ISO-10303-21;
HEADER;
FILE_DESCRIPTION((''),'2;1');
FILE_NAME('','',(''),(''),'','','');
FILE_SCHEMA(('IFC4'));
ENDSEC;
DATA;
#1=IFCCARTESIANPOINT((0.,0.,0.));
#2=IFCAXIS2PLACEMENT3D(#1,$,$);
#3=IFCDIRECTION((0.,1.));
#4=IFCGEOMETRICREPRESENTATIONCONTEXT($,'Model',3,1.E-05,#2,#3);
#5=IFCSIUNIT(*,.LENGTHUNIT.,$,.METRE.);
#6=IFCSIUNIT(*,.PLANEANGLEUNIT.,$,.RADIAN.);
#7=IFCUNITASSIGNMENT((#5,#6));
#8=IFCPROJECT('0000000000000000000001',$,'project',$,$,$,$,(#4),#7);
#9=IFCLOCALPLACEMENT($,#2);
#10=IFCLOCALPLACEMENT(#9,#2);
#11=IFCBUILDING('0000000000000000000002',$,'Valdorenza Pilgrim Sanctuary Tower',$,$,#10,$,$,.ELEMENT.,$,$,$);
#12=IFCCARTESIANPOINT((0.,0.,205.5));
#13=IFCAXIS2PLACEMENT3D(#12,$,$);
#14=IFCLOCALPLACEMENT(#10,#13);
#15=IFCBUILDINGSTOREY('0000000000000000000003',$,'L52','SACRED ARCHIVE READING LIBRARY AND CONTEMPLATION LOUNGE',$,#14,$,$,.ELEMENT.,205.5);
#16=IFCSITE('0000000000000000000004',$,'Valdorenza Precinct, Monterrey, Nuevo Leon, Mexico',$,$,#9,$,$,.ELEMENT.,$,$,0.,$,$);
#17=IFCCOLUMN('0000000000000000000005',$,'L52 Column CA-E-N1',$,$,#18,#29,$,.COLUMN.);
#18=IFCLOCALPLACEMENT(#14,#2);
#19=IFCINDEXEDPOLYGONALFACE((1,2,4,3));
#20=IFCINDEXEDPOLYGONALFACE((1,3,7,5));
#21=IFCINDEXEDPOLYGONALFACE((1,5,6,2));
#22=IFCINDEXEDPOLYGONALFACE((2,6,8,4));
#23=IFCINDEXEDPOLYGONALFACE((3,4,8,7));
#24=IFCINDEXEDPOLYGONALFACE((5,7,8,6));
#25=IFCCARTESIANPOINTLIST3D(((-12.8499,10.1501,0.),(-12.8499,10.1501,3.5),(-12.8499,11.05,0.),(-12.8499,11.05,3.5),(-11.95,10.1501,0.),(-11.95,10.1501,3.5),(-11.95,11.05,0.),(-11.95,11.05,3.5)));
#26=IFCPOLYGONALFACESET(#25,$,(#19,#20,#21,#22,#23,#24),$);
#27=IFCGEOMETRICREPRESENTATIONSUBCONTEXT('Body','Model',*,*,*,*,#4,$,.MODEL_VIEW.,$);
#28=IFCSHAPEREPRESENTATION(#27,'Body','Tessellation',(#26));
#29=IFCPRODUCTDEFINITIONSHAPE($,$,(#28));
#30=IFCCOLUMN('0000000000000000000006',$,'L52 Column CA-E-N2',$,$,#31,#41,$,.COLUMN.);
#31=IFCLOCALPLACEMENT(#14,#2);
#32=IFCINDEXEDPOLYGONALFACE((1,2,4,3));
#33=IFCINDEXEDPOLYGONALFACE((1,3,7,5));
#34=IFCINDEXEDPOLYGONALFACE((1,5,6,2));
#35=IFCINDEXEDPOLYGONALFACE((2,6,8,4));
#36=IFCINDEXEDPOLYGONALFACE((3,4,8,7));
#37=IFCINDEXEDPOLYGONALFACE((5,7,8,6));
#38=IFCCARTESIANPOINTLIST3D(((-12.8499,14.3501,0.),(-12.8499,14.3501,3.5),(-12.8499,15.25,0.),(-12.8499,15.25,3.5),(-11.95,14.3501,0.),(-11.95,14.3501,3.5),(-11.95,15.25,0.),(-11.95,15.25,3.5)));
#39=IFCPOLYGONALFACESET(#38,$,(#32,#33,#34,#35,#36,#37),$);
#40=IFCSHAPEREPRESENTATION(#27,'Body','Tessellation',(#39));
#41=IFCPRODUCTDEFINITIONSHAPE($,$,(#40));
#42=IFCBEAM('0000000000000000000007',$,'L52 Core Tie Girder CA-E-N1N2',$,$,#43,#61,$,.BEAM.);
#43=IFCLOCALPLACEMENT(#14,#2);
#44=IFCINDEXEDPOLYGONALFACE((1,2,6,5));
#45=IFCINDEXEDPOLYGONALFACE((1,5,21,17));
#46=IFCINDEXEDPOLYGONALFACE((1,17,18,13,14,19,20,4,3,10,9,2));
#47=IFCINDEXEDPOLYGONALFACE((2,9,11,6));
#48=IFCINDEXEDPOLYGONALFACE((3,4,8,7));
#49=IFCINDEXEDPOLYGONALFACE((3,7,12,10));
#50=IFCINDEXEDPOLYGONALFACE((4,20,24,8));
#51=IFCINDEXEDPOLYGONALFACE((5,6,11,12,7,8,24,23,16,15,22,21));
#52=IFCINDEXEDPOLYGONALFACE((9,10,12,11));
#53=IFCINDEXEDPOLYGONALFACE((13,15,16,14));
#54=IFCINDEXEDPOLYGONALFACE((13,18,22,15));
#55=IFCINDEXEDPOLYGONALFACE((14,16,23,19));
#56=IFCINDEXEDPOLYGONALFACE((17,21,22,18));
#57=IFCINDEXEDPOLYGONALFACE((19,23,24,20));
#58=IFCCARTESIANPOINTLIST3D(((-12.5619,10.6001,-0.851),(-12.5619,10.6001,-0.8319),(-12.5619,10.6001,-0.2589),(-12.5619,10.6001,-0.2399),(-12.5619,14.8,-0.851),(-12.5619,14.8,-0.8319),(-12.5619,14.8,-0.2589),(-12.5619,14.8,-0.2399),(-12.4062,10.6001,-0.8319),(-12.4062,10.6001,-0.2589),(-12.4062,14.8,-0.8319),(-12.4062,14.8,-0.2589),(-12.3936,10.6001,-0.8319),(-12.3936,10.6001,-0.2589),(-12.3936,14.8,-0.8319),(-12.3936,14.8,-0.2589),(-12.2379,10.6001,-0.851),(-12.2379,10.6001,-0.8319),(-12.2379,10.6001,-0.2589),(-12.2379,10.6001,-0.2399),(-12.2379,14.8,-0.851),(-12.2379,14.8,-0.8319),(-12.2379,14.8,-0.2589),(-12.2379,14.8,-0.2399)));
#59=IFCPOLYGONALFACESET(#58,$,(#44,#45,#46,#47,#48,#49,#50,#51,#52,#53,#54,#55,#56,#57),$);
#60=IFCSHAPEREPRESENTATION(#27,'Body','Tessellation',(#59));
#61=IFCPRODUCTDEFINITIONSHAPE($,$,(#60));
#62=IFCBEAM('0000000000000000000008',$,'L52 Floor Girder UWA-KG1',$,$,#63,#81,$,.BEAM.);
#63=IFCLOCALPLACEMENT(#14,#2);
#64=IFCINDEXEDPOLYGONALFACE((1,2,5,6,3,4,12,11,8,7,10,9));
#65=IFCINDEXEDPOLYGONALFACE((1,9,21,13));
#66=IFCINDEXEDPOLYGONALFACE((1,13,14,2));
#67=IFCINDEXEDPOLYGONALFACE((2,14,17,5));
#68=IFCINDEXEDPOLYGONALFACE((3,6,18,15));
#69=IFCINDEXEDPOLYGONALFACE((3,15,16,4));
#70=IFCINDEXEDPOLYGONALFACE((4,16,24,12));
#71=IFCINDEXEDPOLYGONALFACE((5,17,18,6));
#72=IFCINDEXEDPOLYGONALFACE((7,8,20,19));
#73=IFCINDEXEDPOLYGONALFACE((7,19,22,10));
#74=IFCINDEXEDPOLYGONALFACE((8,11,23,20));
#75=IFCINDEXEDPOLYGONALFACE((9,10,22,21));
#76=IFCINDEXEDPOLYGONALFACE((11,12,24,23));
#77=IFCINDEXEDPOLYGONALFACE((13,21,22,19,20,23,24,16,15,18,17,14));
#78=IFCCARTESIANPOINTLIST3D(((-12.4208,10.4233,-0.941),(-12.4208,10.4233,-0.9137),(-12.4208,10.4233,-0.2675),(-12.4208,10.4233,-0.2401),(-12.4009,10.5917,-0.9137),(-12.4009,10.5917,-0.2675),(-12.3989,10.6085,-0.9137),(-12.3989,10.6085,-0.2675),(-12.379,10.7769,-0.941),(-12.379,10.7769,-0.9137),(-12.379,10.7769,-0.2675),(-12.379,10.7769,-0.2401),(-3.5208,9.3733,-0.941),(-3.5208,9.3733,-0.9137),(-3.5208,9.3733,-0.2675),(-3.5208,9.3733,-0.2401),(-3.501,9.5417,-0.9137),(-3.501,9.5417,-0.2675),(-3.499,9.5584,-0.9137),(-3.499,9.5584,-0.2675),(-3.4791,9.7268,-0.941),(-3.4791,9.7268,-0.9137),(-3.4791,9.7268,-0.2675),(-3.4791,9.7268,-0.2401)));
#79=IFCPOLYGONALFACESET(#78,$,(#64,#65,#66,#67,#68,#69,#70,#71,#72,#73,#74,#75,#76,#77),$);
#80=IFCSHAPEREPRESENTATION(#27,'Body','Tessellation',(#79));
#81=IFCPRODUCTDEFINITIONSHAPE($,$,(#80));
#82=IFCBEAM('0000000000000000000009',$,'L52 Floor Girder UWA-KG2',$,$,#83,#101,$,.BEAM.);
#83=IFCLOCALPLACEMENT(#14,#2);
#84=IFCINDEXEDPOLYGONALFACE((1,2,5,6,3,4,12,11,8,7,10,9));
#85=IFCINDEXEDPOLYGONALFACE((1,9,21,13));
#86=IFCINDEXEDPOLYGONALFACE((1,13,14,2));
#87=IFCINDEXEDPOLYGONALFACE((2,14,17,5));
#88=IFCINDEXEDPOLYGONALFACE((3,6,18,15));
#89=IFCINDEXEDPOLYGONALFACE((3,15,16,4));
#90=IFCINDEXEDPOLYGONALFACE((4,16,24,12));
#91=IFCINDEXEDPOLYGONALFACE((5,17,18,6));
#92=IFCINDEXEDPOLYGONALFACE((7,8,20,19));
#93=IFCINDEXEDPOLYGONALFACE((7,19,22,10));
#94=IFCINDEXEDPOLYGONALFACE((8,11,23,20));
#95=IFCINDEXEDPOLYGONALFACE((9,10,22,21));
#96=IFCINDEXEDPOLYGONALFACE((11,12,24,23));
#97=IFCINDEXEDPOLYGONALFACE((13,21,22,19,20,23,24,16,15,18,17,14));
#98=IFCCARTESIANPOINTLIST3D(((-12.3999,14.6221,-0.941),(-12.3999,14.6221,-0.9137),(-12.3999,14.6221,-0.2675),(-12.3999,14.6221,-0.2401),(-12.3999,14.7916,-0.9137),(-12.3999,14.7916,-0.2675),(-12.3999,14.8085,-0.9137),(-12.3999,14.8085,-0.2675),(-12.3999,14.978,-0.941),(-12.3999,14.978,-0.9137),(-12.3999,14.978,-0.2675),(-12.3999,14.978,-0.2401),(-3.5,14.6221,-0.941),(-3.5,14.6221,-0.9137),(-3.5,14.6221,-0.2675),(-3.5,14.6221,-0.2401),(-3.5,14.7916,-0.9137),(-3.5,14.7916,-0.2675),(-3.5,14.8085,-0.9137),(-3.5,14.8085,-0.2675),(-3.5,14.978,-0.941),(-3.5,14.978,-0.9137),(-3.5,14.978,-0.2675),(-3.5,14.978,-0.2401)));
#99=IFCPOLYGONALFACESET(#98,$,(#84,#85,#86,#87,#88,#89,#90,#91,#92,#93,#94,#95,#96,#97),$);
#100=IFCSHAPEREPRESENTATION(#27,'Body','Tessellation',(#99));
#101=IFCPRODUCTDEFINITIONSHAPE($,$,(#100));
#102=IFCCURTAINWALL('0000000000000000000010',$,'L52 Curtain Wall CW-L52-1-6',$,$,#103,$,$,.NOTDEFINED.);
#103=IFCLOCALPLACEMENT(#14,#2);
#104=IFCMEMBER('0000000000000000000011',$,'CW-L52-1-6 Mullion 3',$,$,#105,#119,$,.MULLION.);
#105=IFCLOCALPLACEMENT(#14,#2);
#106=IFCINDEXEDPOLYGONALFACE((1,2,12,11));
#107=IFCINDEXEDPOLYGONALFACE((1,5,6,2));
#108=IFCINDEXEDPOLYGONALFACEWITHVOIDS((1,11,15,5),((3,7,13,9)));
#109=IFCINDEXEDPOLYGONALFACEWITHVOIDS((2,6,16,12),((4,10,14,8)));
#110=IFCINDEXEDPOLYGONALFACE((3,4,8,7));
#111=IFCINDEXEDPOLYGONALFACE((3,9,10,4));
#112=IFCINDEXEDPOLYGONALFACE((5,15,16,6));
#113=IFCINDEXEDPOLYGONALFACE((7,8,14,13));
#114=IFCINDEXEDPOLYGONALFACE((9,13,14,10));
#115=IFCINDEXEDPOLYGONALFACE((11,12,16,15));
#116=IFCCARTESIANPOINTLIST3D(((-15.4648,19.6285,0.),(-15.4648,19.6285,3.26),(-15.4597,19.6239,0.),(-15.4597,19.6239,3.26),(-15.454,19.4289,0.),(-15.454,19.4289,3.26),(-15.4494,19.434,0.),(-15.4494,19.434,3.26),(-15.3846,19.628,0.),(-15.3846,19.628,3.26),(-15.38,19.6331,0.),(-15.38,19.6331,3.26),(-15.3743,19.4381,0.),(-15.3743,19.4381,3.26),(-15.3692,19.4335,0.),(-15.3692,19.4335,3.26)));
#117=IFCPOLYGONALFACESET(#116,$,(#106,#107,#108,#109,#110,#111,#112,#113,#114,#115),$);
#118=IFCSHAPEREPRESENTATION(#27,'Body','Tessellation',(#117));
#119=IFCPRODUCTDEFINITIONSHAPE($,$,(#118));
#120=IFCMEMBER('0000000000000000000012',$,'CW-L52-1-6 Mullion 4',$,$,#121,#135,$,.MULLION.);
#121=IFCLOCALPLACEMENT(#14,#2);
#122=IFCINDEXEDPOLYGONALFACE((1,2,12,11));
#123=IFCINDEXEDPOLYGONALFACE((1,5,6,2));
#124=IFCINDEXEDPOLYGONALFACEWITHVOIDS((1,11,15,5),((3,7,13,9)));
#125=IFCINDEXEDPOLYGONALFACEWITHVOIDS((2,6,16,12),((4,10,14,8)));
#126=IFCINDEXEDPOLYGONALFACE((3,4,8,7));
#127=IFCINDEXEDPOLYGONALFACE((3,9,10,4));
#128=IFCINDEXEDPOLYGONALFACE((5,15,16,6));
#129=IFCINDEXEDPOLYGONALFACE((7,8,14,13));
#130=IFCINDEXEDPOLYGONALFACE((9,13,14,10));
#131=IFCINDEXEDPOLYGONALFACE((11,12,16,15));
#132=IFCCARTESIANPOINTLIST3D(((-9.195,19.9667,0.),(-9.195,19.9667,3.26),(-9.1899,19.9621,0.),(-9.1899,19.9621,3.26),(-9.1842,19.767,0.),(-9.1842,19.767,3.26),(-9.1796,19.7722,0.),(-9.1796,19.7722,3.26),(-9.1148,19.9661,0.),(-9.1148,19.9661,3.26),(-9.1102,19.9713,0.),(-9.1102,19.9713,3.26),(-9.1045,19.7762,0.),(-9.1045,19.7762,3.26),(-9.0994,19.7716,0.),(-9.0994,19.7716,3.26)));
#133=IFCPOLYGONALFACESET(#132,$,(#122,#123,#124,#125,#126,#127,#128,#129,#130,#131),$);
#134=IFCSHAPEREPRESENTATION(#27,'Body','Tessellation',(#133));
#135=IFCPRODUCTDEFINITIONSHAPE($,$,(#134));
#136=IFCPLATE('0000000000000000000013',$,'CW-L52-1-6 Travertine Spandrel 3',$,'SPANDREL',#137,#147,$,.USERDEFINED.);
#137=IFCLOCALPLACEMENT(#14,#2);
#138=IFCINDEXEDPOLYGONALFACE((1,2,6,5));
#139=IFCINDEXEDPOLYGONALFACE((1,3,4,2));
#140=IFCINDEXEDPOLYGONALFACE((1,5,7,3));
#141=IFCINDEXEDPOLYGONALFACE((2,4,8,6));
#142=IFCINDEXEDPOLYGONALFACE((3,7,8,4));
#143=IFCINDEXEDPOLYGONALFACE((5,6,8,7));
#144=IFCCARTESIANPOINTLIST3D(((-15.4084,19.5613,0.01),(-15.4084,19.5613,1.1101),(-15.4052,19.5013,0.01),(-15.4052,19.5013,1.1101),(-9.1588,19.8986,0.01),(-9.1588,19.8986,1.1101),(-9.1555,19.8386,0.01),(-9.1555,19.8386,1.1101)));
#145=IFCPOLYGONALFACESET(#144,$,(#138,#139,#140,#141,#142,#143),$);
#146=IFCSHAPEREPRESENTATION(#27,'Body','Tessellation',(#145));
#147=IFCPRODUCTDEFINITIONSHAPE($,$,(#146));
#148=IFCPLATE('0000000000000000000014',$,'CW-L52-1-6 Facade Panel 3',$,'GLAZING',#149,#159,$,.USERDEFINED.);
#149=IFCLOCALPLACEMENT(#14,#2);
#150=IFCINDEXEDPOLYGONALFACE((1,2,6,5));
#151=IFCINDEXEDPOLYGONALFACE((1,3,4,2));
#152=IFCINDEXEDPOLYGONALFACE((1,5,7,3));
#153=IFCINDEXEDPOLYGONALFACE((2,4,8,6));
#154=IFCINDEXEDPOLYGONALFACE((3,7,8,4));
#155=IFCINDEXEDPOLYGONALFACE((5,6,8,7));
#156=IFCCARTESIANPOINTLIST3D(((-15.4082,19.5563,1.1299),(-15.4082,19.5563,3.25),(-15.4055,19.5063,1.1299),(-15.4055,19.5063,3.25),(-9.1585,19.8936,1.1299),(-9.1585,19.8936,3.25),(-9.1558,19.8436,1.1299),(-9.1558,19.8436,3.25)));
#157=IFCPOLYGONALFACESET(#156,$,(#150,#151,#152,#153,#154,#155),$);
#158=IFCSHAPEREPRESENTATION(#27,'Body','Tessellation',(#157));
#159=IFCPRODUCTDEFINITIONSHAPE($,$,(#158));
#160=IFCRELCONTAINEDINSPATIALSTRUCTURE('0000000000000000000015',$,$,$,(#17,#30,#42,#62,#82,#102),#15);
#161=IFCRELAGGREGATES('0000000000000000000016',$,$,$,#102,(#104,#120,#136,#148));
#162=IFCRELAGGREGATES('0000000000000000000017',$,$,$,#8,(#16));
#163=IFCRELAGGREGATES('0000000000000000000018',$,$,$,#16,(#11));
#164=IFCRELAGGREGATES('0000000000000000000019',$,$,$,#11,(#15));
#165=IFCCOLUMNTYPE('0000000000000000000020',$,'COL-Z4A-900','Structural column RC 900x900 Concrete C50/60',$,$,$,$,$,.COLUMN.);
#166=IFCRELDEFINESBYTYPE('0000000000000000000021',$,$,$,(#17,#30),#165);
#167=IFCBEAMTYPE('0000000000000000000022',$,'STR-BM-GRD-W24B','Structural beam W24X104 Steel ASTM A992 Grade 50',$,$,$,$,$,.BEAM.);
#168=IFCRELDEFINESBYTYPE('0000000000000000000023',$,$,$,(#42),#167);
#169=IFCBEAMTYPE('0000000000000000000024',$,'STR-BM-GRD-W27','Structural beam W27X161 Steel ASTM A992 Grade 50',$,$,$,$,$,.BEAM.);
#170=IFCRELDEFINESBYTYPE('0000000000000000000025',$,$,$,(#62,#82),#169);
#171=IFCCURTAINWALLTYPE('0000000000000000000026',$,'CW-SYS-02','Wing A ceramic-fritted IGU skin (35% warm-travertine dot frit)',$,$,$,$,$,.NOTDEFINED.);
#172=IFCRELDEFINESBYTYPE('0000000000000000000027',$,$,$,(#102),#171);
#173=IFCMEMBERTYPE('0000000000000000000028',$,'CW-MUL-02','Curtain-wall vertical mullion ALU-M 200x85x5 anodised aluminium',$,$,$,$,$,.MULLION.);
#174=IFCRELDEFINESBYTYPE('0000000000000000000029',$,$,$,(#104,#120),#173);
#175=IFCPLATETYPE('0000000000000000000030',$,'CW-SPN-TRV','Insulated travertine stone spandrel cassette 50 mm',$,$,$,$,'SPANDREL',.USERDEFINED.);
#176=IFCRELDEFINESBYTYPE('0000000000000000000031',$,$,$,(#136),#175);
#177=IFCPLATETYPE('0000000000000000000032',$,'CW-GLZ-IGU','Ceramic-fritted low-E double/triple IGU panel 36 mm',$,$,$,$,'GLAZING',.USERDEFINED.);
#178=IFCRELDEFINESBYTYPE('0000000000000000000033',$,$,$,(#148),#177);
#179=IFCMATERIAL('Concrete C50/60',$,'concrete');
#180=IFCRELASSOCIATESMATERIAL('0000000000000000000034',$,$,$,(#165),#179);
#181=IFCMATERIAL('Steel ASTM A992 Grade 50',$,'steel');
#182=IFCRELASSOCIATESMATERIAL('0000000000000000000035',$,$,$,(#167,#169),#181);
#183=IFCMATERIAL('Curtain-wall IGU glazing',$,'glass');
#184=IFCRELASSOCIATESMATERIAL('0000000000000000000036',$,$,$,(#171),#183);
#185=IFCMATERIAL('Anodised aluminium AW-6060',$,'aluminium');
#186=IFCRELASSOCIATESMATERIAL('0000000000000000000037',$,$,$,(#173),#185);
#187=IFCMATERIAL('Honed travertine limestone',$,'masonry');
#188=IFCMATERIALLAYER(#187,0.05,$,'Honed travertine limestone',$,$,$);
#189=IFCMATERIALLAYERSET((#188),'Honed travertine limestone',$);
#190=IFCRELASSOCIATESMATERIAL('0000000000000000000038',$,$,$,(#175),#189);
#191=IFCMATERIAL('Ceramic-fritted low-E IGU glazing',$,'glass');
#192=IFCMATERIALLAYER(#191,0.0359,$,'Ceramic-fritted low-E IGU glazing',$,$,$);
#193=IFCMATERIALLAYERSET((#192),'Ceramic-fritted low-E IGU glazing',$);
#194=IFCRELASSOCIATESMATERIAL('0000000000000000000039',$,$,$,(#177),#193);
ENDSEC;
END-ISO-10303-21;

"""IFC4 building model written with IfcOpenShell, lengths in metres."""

from ifc_helpers import new_model, si_unit, direction, frame, origin, origin_2d, place, context, subcontext, project, spatial, rectangle, hollow_rectangle, i_section, extrude, source, transform, mapped, material, layer, layer_set, material_profile, profile_set, type_object, element, aggregate, save


model = new_model("IFC4")

# Units and contexts
model_context = context("Model", 3, precision=1e-05, world=origin(), true_north=direction((0.0, 1.0)))
body_context = subcontext(model_context, "Body", "Model", "MODEL_VIEW")
ifc_project = project(units=[si_unit("LENGTHUNIT", "METRE"), si_unit("PLANEANGLEUNIT", "RADIAN")], contexts=[model_context])

# Site, building, storey
site_placement = place(None, origin())
site = spatial("IfcSite", under=ifc_project, at=site_placement, Name="Valdorenza Precinct, Monterrey, Nuevo Leon, Mexico", CompositionType="ELEMENT", RefElevation=0.0)
building_placement = place(site_placement, origin())
building = spatial("IfcBuilding", under=site, at=building_placement, Name="Valdorenza Pilgrim Sanctuary Tower", CompositionType="ELEMENT")
storey_placement = place(building_placement, frame((0.0, 0.0, 205.5)))
storey = spatial("IfcBuildingStorey", under=building, at=storey_placement, Name="L52", Description="SACRED ARCHIVE READING LIBRARY AND CONTEMPLATION LOUNGE", CompositionType="ELEMENT", Elevation=205.5)

# Columns
ifc_material_1 = material(Name="Concrete C50/60", Category="concrete")
ifc_material_profile_1 = material_profile(ifc_material_1, rectangle(XDim=0.8999, YDim=0.8999, at=origin_2d()), Name="RC 900x900")
ifc_profile_set_1 = profile_set([ifc_material_profile_1], Name="Concrete C50/60")
column_type = type_object("IfcColumnType", Name="COL-Z4A-900", Description="Structural column RC 900x900 Concrete C50/60", PredefinedType="COLUMN", material=ifc_profile_set_1)
shared_shape_1 = source(origin(), body_context, "Body", "SweptSolid", [
    extrude(rectangle(XDim=0.8999, YDim=0.8999, at=origin_2d()), origin(), (0.0, 0.0, 1.0), 3.5),
])
for number, where, z_axis, x_axis, name in (
    (1, (-12.3999, 10.6001, 0.0), (0.0, 0.0, 1.0), (1.0, 0.0, 0.0), "L52 Column CA-E-N1"),
    (2, (-12.3999, 14.8, 0.0), (0.0, 0.0, 1.0), (1.0, 0.0, 0.0), "L52 Column CA-E-N2"),
):
    element("IfcColumn", number, at=place(storey_placement, frame(where, z_axis=z_axis, x_axis=x_axis)), inside=storey, type_object=column_type, Name=name, PredefinedType="COLUMN", context=body_context, shape_type="MappedRepresentation", body=[
        mapped(shared_shape_1, transform((0.0, 0.0, 0.0), x_axis=(1.0, 0.0, 0.0), y_axis=(0.0, 1.0, 0.0), z_axis=(0.0, 0.0, 1.0), scale=1.0)),
    ])

# Beams
ifc_material_2 = material(Name="Steel ASTM A992 Grade 50", Category="steel")
ifc_material_profile_2 = material_profile(ifc_material_2, i_section(OverallWidth=0.324, OverallDepth=0.6111, WebThickness=0.0127, FlangeThickness=0.019, at=origin_2d()), Name="W24X104")
ifc_profile_set_2 = profile_set([ifc_material_profile_2], Name="Steel ASTM A992 Grade 50")
beam_type_1 = type_object("IfcBeamType", Name="STR-BM-GRD-W24B", Description="Structural beam W24X104 Steel ASTM A992 Grade 50", PredefinedType="BEAM", material=ifc_profile_set_2)
shared_shape_2 = source(origin(), body_context, "Body", "SweptSolid", [
    extrude(i_section(OverallWidth=0.324, OverallDepth=0.6111, WebThickness=0.0127, FlangeThickness=0.019, at=origin_2d()), origin(), (0.0, 0.0, 1.0), 4.2),
])
beam_1_placement = place(storey_placement, frame((-12.3999, 10.6001, -0.5454), z_axis=(0.0, 1.0, 0.0), x_axis=(-1.0, 0.0, 0.0)))
element("IfcBeam", 3, at=beam_1_placement, inside=storey, type_object=beam_type_1, Name="L52 Core Tie Girder CA-E-N1N2", PredefinedType="BEAM", context=body_context, shape_type="MappedRepresentation", body=[
    mapped(shared_shape_2, transform((0.0, 0.0, 0.0), x_axis=(1.0, 0.0, 0.0), y_axis=(0.0, 1.0, 0.0), z_axis=(0.0, 0.0, 1.0), scale=1.0)),
])
ifc_material_profile_3 = material_profile(ifc_material_2, i_section(OverallWidth=0.356, OverallDepth=0.7009, WebThickness=0.0168, FlangeThickness=0.0273, at=origin_2d()), Name="W27X161")
ifc_profile_set_3 = profile_set([ifc_material_profile_3], Name="Steel ASTM A992 Grade 50")
beam_type_2 = type_object("IfcBeamType", Name="STR-BM-GRD-W27", Description="Structural beam W27X161 Steel ASTM A992 Grade 50", PredefinedType="BEAM", material=ifc_profile_set_3)
shared_shape_3 = source(origin(), body_context, "Body", "SweptSolid", [
    extrude(i_section(OverallWidth=0.356, OverallDepth=0.7009, WebThickness=0.0168, FlangeThickness=0.0273, at=origin_2d()), origin(), (0.0, 0.0, 1.0), 8.9617),
])
beam_2_placement = place(storey_placement, frame((-12.3999, 10.6001, -0.5906), z_axis=(0.993112, -0.117172, 0.0), x_axis=(0.117172, 0.993112, 0.0)))
element("IfcBeam", 4, at=beam_2_placement, inside=storey, type_object=beam_type_2, Name="L52 Floor Girder UWA-KG1", PredefinedType="BEAM", context=body_context, shape_type="MappedRepresentation", body=[
    mapped(shared_shape_3, transform((0.0, 0.0, 0.0), x_axis=(1.0, 0.0, 0.0), y_axis=(0.0, 1.0, 0.0), z_axis=(0.0, 0.0, 1.0), scale=1.0)),
])
shared_shape_4 = source(origin(), body_context, "Body", "SweptSolid", [
    extrude(i_section(OverallWidth=0.356, OverallDepth=0.7009, WebThickness=0.0168, FlangeThickness=0.0273, at=origin_2d()), origin(), (0.0, 0.0, 1.0), 8.8999),
])
beam_3_placement = place(storey_placement, frame((-12.3999, 14.8, -0.5906), z_axis=(1.0, 0.0, 0.0), x_axis=(0.0, 1.0, 0.0)))
element("IfcBeam", 5, at=beam_3_placement, inside=storey, type_object=beam_type_2, Name="L52 Floor Girder UWA-KG2", PredefinedType="BEAM", context=body_context, shape_type="MappedRepresentation", body=[
    mapped(shared_shape_4, transform((0.0, 0.0, 0.0), x_axis=(1.0, 0.0, 0.0), y_axis=(0.0, 1.0, 0.0), z_axis=(0.0, 0.0, 1.0), scale=1.0)),
])

# Curtain wall, members, plates
ifc_material_3 = material(Name="Curtain-wall IGU glazing", Category="glass")
curtain_wall_type = type_object("IfcCurtainWallType", Name="CW-SYS-02", Description="Wing A ceramic-fritted IGU skin (35% warm-travertine dot frit)", PredefinedType="NOTDEFINED", material=ifc_material_3)
curtain_wall_placement = place(storey_placement, origin())
curtain_wall = element("IfcCurtainWall", 6, at=curtain_wall_placement, inside=storey, type_object=curtain_wall_type, Name="L52 Curtain Wall CW-L52-1-6", PredefinedType="NOTDEFINED")
ifc_material_4 = material(Name="Anodised aluminium AW-6060", Category="aluminium")
ifc_material_profile_4 = material_profile(ifc_material_4, hollow_rectangle(XDim=0.085, YDim=0.2, WallThickness=0.0049, at=origin_2d()), Name="ALU-M 200x85x5")
ifc_profile_set_4 = profile_set([ifc_material_profile_4], Name="Anodised aluminium AW-6060")
member_type = type_object("IfcMemberType", Name="CW-MUL-02", Description="Curtain-wall vertical mullion ALU-M 200x85x5 anodised aluminium", PredefinedType="MULLION", material=ifc_profile_set_4)
shared_shape_5 = source(origin(), body_context, "Body", "SweptSolid", [
    extrude(hollow_rectangle(XDim=0.085, YDim=0.2, WallThickness=0.0049, at=origin_2d()), origin(), (0.0, 0.0, 1.0), 3.26),
])
member_1_placement = place(storey_placement, frame((-15.417, 19.531, 0.0), z_axis=(0.0, 0.0, 1.0), x_axis=(0.998547, 0.053887, 0.0)))
member_1 = element("IfcMember", 7, at=member_1_placement, type_object=member_type, Name="CW-L52-1-6 Mullion 3", PredefinedType="MULLION", context=body_context, shape_type="MappedRepresentation", body=[
    mapped(shared_shape_5, transform((0.0, 0.0, 0.0), x_axis=(1.0, 0.0, 0.0), y_axis=(0.0, 1.0, 0.0), z_axis=(0.0, 0.0, 1.0), scale=1.0)),
])
member_2_placement = place(storey_placement, frame((-9.1472, 19.8691, 0.0), z_axis=(0.0, 0.0, 1.0), x_axis=(0.998547, 0.053887, 0.0)))
member_2 = element("IfcMember", 8, at=member_2_placement, type_object=member_type, Name="CW-L52-1-6 Mullion 4", PredefinedType="MULLION", context=body_context, shape_type="MappedRepresentation", body=[
    mapped(shared_shape_5, transform((0.0, 0.0, 0.0), x_axis=(1.0, 0.0, 0.0), y_axis=(0.0, 1.0, 0.0), z_axis=(0.0, 0.0, 1.0), scale=1.0)),
])
ifc_material_5 = material(Name="Honed travertine limestone", Category="masonry")
ifc_layer_1 = layer(ifc_material_5, 0.05, Name="Honed travertine limestone")
ifc_layer_set_1 = layer_set([ifc_layer_1], Name="Honed travertine limestone")
plate_type_1 = type_object("IfcPlateType", Name="CW-SPN-TRV", Description="Insulated travertine stone spandrel cassette 50 mm", ElementType="SPANDREL", PredefinedType="USERDEFINED", material=ifc_layer_set_1)
shared_shape_6 = source(origin(), body_context, "Body", "SweptSolid", [
    extrude(rectangle(XDim=6.2588, YDim=0.0601, at=origin_2d()), origin(), (0.0, 0.0, 1.0), 1.1001),
])
plate_1_placement = place(storey_placement, frame((-12.282, 19.7, 0.01), z_axis=(0.0, 0.0, 1.0), x_axis=(0.998547, 0.053887, 0.0)))
plate_1 = element("IfcPlate", 9, at=plate_1_placement, type_object=plate_type_1, Name="CW-L52-1-6 Travertine Spandrel 3", ObjectType="SPANDREL", PredefinedType="USERDEFINED", context=body_context, shape_type="MappedRepresentation", body=[
    mapped(shared_shape_6, transform((0.0, 0.0, 0.0), x_axis=(1.0, 0.0, 0.0), y_axis=(0.0, 1.0, 0.0), z_axis=(0.0, 0.0, 1.0), scale=1.0)),
])
ifc_material_6 = material(Name="Ceramic-fritted low-E IGU glazing", Category="glass")
ifc_layer_2 = layer(ifc_material_6, 0.0359, Name="Ceramic-fritted low-E IGU glazing")
ifc_layer_set_2 = layer_set([ifc_layer_2], Name="Ceramic-fritted low-E IGU glazing")
plate_type_2 = type_object("IfcPlateType", Name="CW-GLZ-IGU", Description="Ceramic-fritted low-E double/triple IGU panel 36 mm", ElementType="GLAZING", PredefinedType="USERDEFINED", material=ifc_layer_set_2)
shared_shape_7 = source(origin(), body_context, "Body", "SweptSolid", [
    extrude(rectangle(XDim=6.2588, YDim=0.05, at=origin_2d()), origin(), (0.0, 0.0, 1.0), 2.1201),
])
plate_2_placement = place(storey_placement, frame((-12.282, 19.7, 1.1299), z_axis=(0.0, 0.0, 1.0), x_axis=(0.998547, 0.053887, 0.0)))
plate_2 = element("IfcPlate", 10, at=plate_2_placement, type_object=plate_type_2, Name="CW-L52-1-6 Facade Panel 3", ObjectType="GLAZING", PredefinedType="USERDEFINED", context=body_context, shape_type="MappedRepresentation", body=[
    mapped(shared_shape_7, transform((0.0, 0.0, 0.0), x_axis=(1.0, 0.0, 0.0), y_axis=(0.0, 1.0, 0.0), z_axis=(0.0, 0.0, 1.0), scale=1.0)),
])
aggregate(curtain_wall, [member_1, member_2, plate_1, plate_2])

save(model, "model.ifc")
